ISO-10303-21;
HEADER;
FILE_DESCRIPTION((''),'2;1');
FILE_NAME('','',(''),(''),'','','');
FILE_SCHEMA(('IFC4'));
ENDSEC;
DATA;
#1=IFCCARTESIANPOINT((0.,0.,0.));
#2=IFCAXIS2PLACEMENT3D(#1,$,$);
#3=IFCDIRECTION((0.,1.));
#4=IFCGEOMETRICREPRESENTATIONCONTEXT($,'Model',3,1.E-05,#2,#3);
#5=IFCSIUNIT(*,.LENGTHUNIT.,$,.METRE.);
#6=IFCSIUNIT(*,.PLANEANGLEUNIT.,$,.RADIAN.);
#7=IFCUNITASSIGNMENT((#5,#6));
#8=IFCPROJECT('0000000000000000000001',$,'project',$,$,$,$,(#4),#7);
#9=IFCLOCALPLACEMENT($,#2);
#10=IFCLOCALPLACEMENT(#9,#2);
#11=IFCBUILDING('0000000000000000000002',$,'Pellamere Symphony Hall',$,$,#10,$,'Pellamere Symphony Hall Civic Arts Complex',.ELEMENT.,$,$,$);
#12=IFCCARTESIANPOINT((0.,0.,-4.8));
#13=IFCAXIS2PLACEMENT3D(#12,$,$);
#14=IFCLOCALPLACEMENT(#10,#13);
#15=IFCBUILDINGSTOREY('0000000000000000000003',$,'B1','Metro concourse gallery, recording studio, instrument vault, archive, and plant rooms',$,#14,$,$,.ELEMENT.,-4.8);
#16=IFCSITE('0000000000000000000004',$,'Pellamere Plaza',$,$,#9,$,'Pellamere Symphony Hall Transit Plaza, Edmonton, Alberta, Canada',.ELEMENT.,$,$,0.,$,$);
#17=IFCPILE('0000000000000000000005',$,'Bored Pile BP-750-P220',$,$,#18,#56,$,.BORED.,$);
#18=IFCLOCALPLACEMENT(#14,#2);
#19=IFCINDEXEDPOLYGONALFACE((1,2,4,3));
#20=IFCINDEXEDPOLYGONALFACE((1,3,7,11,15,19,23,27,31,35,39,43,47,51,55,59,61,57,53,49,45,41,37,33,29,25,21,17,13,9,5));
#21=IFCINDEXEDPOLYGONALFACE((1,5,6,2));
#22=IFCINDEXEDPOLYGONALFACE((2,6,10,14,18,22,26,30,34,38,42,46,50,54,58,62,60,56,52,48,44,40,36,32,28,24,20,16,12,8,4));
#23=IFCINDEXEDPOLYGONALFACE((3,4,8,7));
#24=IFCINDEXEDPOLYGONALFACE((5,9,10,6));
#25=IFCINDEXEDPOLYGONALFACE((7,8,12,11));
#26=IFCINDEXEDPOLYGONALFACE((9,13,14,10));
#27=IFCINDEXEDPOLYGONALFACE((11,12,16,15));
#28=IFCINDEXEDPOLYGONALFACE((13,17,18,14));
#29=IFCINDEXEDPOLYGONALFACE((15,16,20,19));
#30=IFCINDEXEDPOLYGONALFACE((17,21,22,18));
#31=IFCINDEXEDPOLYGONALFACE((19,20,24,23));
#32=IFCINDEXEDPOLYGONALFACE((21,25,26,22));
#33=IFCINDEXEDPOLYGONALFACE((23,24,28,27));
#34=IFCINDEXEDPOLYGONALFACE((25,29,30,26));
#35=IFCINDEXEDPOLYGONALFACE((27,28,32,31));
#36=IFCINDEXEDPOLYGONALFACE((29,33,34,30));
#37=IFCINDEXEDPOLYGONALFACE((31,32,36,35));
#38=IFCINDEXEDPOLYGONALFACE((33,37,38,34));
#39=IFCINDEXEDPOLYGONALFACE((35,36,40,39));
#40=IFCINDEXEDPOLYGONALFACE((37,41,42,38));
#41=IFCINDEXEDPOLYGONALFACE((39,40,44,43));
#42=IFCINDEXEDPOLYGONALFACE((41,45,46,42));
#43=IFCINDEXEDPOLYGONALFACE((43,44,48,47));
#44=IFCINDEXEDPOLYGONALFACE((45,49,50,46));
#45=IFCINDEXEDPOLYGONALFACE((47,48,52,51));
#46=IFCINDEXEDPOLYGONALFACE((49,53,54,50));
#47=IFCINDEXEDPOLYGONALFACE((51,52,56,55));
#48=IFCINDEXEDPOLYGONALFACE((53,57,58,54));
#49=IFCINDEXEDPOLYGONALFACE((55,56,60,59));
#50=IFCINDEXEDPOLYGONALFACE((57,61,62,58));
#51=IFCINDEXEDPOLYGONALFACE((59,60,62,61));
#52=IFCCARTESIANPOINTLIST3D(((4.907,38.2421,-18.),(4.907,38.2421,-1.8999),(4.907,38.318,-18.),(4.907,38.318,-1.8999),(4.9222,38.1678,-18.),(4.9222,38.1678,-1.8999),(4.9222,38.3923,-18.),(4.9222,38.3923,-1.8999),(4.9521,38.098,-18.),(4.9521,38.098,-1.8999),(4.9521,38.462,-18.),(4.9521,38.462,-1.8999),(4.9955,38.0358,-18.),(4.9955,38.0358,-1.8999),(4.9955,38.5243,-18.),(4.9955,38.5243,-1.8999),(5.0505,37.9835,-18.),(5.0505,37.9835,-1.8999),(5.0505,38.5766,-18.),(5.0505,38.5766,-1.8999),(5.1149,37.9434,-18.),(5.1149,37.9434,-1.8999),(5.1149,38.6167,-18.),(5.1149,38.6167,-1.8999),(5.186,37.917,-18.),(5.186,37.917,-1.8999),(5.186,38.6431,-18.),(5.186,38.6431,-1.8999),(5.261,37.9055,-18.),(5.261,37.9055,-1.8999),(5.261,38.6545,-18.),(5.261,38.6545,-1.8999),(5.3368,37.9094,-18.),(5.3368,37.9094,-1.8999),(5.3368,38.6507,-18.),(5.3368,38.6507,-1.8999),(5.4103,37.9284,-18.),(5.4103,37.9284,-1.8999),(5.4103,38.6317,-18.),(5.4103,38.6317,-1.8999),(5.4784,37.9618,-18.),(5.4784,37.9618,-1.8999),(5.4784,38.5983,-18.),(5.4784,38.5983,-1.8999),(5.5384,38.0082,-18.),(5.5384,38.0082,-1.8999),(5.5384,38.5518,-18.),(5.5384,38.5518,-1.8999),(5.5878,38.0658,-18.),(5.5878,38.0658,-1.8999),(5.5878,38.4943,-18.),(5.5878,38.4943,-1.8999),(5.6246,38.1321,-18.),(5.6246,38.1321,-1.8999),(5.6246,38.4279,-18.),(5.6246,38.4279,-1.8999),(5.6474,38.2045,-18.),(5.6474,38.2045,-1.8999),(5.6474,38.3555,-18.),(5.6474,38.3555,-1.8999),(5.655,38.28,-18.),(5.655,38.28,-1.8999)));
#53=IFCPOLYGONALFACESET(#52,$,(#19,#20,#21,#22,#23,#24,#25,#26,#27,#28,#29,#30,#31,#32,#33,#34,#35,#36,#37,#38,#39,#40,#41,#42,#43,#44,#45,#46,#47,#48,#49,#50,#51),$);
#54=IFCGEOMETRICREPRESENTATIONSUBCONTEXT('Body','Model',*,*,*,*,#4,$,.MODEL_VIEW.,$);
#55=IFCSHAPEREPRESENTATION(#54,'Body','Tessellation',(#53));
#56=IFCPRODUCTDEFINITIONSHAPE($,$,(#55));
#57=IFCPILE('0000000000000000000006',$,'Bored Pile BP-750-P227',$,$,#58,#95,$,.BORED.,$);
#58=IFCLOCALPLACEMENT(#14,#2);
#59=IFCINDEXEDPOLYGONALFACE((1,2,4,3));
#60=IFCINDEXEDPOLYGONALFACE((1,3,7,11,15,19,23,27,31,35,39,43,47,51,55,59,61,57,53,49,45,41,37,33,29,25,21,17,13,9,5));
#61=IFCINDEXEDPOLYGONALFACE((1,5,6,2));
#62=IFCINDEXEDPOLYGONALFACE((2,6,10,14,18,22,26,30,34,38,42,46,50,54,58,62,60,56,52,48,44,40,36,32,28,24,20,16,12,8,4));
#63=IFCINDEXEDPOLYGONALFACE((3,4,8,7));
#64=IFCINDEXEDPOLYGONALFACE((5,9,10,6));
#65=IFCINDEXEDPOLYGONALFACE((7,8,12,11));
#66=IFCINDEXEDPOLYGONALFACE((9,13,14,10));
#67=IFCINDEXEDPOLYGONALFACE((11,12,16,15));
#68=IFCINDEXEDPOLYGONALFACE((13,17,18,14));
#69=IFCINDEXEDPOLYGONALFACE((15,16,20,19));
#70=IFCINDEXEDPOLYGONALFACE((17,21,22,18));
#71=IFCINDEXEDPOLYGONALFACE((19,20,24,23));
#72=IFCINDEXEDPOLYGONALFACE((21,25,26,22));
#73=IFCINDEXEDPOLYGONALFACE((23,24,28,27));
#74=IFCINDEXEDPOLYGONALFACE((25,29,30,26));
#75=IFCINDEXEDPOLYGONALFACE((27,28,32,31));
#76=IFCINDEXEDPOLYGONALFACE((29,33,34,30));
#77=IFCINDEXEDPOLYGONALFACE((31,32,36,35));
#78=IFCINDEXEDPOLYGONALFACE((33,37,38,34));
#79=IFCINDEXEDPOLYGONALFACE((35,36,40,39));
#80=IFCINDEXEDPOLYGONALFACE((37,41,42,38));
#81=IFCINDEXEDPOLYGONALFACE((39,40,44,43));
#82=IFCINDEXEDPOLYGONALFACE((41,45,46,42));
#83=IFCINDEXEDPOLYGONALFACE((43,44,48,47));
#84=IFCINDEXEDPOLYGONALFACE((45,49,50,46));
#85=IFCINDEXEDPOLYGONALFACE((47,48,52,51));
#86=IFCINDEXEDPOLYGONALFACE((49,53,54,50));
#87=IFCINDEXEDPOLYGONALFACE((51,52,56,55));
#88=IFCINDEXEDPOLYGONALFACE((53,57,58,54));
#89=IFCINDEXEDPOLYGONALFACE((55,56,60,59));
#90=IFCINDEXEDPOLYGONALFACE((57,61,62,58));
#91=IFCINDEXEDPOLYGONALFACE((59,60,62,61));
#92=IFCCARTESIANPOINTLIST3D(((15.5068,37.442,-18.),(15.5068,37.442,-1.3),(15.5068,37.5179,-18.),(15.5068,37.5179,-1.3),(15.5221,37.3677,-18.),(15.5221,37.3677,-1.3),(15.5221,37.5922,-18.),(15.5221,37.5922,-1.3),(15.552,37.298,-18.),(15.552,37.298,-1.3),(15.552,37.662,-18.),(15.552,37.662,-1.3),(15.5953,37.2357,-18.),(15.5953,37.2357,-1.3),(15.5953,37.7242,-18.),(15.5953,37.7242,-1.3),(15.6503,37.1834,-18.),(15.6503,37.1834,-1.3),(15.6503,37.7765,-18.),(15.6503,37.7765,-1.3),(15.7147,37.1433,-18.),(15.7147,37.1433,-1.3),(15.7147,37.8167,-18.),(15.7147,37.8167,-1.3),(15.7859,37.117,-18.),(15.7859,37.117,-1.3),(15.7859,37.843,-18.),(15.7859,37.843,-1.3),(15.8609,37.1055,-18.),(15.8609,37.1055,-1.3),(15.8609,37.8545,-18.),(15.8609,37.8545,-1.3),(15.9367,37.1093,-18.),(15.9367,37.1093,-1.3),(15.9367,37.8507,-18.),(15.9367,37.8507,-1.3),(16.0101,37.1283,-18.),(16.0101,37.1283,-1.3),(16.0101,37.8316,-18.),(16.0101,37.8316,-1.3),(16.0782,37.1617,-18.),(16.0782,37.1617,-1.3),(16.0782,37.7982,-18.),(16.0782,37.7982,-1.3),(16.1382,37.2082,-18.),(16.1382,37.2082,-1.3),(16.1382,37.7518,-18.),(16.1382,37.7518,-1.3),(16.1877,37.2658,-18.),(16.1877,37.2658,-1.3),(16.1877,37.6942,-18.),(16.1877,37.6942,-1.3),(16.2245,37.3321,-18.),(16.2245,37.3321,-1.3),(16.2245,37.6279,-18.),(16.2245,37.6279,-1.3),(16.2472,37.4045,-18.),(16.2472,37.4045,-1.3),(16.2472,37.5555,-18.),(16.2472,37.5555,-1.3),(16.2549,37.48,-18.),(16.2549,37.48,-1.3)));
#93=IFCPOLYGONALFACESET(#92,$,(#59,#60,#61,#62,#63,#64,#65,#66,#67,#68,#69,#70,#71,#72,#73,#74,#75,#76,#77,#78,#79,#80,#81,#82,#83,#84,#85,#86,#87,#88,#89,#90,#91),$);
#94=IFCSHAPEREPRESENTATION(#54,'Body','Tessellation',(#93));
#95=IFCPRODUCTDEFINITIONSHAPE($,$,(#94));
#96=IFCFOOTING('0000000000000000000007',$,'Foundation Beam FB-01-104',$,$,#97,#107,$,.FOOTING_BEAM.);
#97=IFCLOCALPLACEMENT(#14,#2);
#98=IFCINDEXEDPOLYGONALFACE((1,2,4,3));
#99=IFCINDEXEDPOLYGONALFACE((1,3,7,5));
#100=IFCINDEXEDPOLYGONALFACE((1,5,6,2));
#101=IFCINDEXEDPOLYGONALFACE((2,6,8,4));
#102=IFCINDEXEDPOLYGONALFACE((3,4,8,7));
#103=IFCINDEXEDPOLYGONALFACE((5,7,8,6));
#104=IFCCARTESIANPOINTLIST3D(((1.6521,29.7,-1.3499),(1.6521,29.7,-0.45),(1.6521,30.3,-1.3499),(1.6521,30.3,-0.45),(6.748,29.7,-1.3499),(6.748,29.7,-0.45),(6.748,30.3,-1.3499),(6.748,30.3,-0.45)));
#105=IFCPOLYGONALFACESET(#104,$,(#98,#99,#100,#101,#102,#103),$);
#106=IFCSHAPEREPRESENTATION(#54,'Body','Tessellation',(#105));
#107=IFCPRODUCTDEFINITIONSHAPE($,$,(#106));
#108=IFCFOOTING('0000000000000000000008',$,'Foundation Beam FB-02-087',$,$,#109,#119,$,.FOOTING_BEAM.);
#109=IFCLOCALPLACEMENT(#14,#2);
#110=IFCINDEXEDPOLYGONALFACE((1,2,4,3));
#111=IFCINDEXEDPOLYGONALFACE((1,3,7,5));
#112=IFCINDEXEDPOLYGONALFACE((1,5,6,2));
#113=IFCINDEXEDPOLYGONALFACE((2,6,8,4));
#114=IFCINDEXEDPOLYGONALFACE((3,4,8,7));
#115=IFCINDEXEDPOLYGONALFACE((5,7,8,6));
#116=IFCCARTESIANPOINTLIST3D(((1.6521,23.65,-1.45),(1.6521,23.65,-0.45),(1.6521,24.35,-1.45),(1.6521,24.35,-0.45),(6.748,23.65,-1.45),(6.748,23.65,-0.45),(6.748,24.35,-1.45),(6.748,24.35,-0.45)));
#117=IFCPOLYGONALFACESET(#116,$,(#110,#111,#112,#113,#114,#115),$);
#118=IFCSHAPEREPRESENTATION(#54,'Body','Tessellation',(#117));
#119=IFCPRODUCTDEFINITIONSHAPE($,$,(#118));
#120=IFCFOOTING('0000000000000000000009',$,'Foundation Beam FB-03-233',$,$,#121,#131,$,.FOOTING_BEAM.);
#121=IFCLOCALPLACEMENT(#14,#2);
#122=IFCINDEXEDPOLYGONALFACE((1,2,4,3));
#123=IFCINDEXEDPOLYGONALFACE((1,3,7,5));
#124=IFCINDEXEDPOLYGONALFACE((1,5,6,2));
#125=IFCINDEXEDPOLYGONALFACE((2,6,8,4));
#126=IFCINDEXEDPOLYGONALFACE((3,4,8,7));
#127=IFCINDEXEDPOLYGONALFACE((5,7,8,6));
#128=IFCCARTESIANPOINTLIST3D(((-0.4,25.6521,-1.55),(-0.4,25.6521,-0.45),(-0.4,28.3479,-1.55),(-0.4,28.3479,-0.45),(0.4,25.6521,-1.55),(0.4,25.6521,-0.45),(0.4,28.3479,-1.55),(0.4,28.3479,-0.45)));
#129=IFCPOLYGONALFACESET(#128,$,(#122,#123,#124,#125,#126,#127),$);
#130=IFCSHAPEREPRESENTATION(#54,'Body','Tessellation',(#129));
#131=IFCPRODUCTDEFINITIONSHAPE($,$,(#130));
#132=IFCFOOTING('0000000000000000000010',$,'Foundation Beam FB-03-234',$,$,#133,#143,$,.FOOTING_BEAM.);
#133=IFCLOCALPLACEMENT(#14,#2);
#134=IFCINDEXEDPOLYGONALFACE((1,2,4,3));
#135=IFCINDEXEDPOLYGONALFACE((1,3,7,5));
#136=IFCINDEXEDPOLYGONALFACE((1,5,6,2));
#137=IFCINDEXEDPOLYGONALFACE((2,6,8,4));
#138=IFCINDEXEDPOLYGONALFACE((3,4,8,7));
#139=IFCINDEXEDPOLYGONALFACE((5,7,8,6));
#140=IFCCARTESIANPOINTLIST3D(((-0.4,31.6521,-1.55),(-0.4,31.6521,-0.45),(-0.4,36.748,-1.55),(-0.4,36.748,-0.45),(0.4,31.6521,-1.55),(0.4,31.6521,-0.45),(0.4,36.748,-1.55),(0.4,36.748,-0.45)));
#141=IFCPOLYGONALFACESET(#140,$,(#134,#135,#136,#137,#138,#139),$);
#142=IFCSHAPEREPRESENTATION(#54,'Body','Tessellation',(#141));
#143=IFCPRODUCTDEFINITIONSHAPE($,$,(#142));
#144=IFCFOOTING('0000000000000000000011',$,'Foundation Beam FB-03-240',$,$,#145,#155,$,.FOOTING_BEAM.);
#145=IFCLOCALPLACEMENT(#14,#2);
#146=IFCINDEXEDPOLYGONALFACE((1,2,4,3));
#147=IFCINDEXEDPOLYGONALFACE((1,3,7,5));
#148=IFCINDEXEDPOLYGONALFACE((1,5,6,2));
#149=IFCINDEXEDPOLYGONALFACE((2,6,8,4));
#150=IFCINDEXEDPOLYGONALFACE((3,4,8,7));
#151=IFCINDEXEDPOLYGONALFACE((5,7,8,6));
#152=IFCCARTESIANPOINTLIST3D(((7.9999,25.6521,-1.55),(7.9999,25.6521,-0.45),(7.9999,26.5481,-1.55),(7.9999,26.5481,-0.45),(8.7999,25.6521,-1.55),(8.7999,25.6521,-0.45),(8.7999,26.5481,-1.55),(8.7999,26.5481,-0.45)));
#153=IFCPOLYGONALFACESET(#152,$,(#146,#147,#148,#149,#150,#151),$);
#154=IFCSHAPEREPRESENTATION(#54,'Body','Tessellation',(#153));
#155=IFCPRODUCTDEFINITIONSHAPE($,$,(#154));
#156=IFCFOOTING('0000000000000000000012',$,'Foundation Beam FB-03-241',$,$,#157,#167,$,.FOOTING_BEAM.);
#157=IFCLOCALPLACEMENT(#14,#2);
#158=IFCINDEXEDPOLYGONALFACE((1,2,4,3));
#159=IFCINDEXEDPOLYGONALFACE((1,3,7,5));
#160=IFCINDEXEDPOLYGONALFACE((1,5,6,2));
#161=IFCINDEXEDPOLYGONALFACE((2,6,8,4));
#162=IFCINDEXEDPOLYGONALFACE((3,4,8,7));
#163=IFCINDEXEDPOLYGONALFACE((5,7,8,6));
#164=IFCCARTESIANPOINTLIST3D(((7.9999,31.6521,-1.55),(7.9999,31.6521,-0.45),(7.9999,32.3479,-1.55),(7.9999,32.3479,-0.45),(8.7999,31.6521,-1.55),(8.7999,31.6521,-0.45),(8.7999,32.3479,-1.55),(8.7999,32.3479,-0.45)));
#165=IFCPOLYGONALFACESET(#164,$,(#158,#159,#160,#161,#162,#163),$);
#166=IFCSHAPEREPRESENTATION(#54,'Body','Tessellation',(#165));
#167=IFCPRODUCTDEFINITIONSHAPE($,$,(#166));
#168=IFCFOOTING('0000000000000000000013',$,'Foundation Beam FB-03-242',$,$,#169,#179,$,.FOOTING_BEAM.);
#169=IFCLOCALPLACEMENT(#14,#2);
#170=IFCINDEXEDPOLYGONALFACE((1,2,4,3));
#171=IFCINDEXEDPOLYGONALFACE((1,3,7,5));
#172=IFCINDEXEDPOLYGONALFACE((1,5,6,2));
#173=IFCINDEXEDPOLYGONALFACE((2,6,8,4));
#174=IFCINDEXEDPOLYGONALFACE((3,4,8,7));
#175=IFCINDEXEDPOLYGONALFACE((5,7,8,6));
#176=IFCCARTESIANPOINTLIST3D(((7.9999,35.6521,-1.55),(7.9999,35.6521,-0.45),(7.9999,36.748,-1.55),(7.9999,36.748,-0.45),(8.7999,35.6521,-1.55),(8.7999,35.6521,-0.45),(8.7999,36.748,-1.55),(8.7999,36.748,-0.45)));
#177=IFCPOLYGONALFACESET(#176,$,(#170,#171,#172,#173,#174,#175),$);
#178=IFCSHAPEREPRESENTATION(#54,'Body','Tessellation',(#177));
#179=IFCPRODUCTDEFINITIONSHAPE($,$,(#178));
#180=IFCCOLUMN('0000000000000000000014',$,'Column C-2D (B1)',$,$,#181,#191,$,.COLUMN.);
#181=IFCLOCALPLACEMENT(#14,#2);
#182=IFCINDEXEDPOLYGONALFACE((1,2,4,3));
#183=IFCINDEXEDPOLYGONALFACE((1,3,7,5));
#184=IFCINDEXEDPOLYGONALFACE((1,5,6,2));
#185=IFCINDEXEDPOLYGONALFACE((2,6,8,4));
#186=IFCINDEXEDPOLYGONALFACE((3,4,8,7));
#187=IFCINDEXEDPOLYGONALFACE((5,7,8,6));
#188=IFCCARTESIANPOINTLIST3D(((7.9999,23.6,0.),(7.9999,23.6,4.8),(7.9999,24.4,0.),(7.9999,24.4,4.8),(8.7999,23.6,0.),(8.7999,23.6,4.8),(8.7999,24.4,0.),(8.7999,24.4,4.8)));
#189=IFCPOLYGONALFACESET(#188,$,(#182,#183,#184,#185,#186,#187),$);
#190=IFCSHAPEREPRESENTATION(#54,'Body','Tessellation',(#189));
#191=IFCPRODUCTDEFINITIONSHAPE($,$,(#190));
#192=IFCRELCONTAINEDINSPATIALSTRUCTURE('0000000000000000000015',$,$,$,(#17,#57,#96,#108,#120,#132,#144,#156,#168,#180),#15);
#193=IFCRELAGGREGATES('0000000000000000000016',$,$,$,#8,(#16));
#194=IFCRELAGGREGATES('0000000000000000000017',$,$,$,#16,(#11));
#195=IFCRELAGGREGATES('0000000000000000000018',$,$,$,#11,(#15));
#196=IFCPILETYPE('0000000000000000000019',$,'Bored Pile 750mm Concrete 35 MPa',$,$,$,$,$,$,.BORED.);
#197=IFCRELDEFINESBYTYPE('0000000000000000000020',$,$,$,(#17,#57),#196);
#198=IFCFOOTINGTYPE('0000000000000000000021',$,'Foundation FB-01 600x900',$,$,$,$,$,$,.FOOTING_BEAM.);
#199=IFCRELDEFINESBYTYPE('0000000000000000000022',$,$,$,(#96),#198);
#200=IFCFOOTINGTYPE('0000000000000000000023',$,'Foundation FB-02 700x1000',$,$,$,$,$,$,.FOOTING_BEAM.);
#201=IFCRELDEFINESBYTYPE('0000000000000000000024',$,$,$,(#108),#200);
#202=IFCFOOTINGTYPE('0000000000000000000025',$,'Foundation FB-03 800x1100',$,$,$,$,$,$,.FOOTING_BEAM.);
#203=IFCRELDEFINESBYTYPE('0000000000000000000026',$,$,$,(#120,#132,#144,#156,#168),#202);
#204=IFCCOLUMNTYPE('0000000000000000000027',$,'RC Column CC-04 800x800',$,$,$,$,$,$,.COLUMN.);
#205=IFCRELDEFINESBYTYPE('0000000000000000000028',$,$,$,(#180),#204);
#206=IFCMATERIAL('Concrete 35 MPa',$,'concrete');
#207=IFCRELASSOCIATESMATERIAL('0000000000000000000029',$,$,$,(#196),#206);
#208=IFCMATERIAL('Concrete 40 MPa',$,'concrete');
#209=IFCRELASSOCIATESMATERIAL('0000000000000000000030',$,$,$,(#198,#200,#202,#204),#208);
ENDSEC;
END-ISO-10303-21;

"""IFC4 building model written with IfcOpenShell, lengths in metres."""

from ifc_helpers import new_model, si_unit, direction, frame, origin, origin_2d, place, context, subcontext, project, spatial, rectangle, circle, extrude, material, material_profile, profile_set, type_object, element, save


model = new_model("IFC4")

# Units and contexts
model_context = context("Model", 3, precision=1e-05, world=origin(), true_north=direction((0.0, 1.0)))
body_context = subcontext(model_context, "Body", "Model", "MODEL_VIEW")
ifc_project = project(units=[si_unit("LENGTHUNIT", "METRE"), si_unit("PLANEANGLEUNIT", "RADIAN")], contexts=[model_context])

# Site, building, storey
site_placement = place(None, origin())
site = spatial("IfcSite", under=ifc_project, at=site_placement, Name="Pellamere Plaza", LongName="Pellamere Symphony Hall Transit Plaza, Edmonton, Alberta, Canada", CompositionType="ELEMENT", RefElevation=0.0)
building_placement = place(site_placement, origin())
building = spatial("IfcBuilding", under=site, at=building_placement, Name="Pellamere Symphony Hall", LongName="Pellamere Symphony Hall Civic Arts Complex", CompositionType="ELEMENT")
storey_placement = place(building_placement, frame((0.0, 0.0, -4.8)))
storey = spatial("IfcBuildingStorey", under=building, at=storey_placement, Name="B1", Description="Metro concourse gallery, recording studio, instrument vault, archive, and plant rooms", CompositionType="ELEMENT", Elevation=-4.8)

# Piles
ifc_material_1 = material(Name="Concrete 35 MPa", Category="concrete")
ifc_material_profile_1 = material_profile(ifc_material_1, circle(Radius=0.375, at=origin_2d()), Name="PILE D750")
ifc_profile_set_1 = profile_set([ifc_material_profile_1], Name="Concrete 35 MPa")
pile_type = type_object("IfcPileType", Name="Bored Pile 750mm Concrete 35 MPa", PredefinedType="BORED", material=ifc_profile_set_1)
for number, where, z_axis, x_axis, name in (
    (1, (5.28, 38.28, -1.8999), (0.0, 0.0, -1.0), (1.0, 0.0, 0.0), "Bored Pile BP-750-P220"),
):
    element("IfcPile", number, at=place(storey_placement, frame(where, z_axis=z_axis, x_axis=x_axis)), inside=storey, type_object=pile_type, Name=name, PredefinedType="BORED", context=body_context, shape_type="SweptSolid", body=[
        extrude(circle(Radius=0.375, at=origin_2d()), origin(), (0.0, 0.0, 1.0), 16.1001),
    ])
pile_1_placement = place(storey_placement, frame((15.8799, 37.48, -1.3), z_axis=(0.0, 0.0, -1.0), x_axis=(1.0, 0.0, 0.0)))
element("IfcPile", 2, at=pile_1_placement, inside=storey, type_object=pile_type, Name="Bored Pile BP-750-P227", PredefinedType="BORED", context=body_context, shape_type="SweptSolid", body=[
    extrude(circle(Radius=0.375, at=origin_2d()), origin(), (0.0, 0.0, 1.0), 16.7),
])

# Footings
ifc_material_2 = material(Name="Concrete 40 MPa", Category="concrete")
ifc_material_profile_2 = material_profile(ifc_material_2, rectangle(XDim=0.6001, YDim=0.8999, at=origin_2d()), Name="RC 600x900")
ifc_profile_set_2 = profile_set([ifc_material_profile_2], Name="Concrete 40 MPa")
footing_type_1 = type_object("IfcFootingType", Name="Foundation FB-01 600x900", PredefinedType="FOOTING_BEAM", material=ifc_profile_set_2)
footing_1_placement = place(storey_placement, frame((1.6521, 30.0, -0.8999), z_axis=(1.0, 0.0, 0.0), x_axis=(0.0, 1.0, 0.0)))
element("IfcFooting", 3, at=footing_1_placement, inside=storey, type_object=footing_type_1, Name="Foundation Beam FB-01-104", PredefinedType="FOOTING_BEAM", context=body_context, shape_type="SweptSolid", body=[
    extrude(rectangle(XDim=0.6001, YDim=0.8999, at=origin_2d()), origin(), (0.0, 0.0, 1.0), 5.0959),
])
ifc_material_profile_3 = material_profile(ifc_material_2, rectangle(XDim=0.7, YDim=1.0, at=origin_2d()), Name="RC 700x1000")
ifc_profile_set_3 = profile_set([ifc_material_profile_3], Name="Concrete 40 MPa")
footing_type_2 = type_object("IfcFootingType", Name="Foundation FB-02 700x1000", PredefinedType="FOOTING_BEAM", material=ifc_profile_set_3)
footing_2_placement = place(storey_placement, frame((1.6521, 24.0, -0.95), z_axis=(1.0, 0.0, 0.0), x_axis=(0.0, 1.0, 0.0)))
element("IfcFooting", 4, at=footing_2_placement, inside=storey, type_object=footing_type_2, Name="Foundation Beam FB-02-087", PredefinedType="FOOTING_BEAM", context=body_context, shape_type="SweptSolid", body=[
    extrude(rectangle(XDim=0.7, YDim=1.0, at=origin_2d()), origin(), (0.0, 0.0, 1.0), 5.0959),
])
ifc_material_profile_4 = material_profile(ifc_material_2, rectangle(XDim=0.8, YDim=1.1001, at=origin_2d()), Name="RC 800x1100")
ifc_profile_set_4 = profile_set([ifc_material_profile_4], Name="Concrete 40 MPa")
footing_type_3 = type_object("IfcFootingType", Name="Foundation FB-03 800x1100", PredefinedType="FOOTING_BEAM", material=ifc_profile_set_4)
footing_3_placement = place(storey_placement, frame((0.0, 25.6521, -1.0), z_axis=(0.0, 1.0, 0.0), x_axis=(-1.0, 0.0, 0.0)))
element("IfcFooting", 5, at=footing_3_placement, inside=storey, type_object=footing_type_3, Name="Foundation Beam FB-03-233", PredefinedType="FOOTING_BEAM", context=body_context, shape_type="SweptSolid", body=[
    extrude(rectangle(XDim=0.8, YDim=1.1001, at=origin_2d()), origin(), (0.0, 0.0, 1.0), 2.6958),
])
footing_4_placement = place(storey_placement, frame((0.0, 31.6521, -1.0), z_axis=(0.0, 1.0, 0.0), x_axis=(-1.0, 0.0, 0.0)))
element("IfcFooting", 6, at=footing_4_placement, inside=storey, type_object=footing_type_3, Name="Foundation Beam FB-03-234", PredefinedType="FOOTING_BEAM", context=body_context, shape_type="SweptSolid", body=[
    extrude(rectangle(XDim=0.8, YDim=1.1001, at=origin_2d()), origin(), (0.0, 0.0, 1.0), 5.0959),
])
footing_5_placement = place(storey_placement, frame((8.3999, 25.6521, -1.0), z_axis=(0.0, 1.0, 0.0), x_axis=(-1.0, 0.0, 0.0)))
element("IfcFooting", 7, at=footing_5_placement, inside=storey, type_object=footing_type_3, Name="Foundation Beam FB-03-240", PredefinedType="FOOTING_BEAM", context=body_context, shape_type="SweptSolid", body=[
    extrude(rectangle(XDim=0.8, YDim=1.1001, at=origin_2d()), origin(), (0.0, 0.0, 1.0), 0.896),
])
footing_6_placement = place(storey_placement, frame((8.3999, 31.6521, -1.0), z_axis=(0.0, 1.0, 0.0), x_axis=(-1.0, 0.0, 0.0)))
element("IfcFooting", 8, at=footing_6_placement, inside=storey, type_object=footing_type_3, Name="Foundation Beam FB-03-241", PredefinedType="FOOTING_BEAM", context=body_context, shape_type="SweptSolid", body=[
    extrude(rectangle(XDim=0.8, YDim=1.1001, at=origin_2d()), origin(), (0.0, 0.0, 1.0), 0.6958),
])
footing_7_placement = place(storey_placement, frame((8.3999, 35.6521, -1.0), z_axis=(0.0, 1.0, 0.0), x_axis=(-1.0, 0.0, 0.0)))
element("IfcFooting", 9, at=footing_7_placement, inside=storey, type_object=footing_type_3, Name="Foundation Beam FB-03-242", PredefinedType="FOOTING_BEAM", context=body_context, shape_type="SweptSolid", body=[
    extrude(rectangle(XDim=0.8, YDim=1.1001, at=origin_2d()), origin(), (0.0, 0.0, 1.0), 1.0959),
])

# Column
ifc_material_profile_5 = material_profile(ifc_material_2, rectangle(XDim=0.8, YDim=0.8, at=origin_2d()), Name="RC 800x800")
ifc_profile_set_5 = profile_set([ifc_material_profile_5], Name="Concrete 40 MPa")
column_type_1 = type_object("IfcColumnType", Name="RC Column CC-04 800x800", PredefinedType="COLUMN", material=ifc_profile_set_5)
for number, where, z_axis, x_axis, name in (
    (10, (8.3999, 24.0, 0.0), (0.0, 0.0, 1.0), (1.0, 0.0, 0.0), "Column C-2D (B1)"),
):
    element("IfcColumn", number, at=place(storey_placement, frame(where, z_axis=z_axis, x_axis=x_axis)), inside=storey, type_object=column_type_1, Name=name, PredefinedType="COLUMN", context=body_context, shape_type="SweptSolid", body=[
        extrude(rectangle(XDim=0.8, YDim=0.8, at=origin_2d()), origin(), (0.0, 0.0, 1.0), 4.8),
    ])

save(model, "model.ifc")
